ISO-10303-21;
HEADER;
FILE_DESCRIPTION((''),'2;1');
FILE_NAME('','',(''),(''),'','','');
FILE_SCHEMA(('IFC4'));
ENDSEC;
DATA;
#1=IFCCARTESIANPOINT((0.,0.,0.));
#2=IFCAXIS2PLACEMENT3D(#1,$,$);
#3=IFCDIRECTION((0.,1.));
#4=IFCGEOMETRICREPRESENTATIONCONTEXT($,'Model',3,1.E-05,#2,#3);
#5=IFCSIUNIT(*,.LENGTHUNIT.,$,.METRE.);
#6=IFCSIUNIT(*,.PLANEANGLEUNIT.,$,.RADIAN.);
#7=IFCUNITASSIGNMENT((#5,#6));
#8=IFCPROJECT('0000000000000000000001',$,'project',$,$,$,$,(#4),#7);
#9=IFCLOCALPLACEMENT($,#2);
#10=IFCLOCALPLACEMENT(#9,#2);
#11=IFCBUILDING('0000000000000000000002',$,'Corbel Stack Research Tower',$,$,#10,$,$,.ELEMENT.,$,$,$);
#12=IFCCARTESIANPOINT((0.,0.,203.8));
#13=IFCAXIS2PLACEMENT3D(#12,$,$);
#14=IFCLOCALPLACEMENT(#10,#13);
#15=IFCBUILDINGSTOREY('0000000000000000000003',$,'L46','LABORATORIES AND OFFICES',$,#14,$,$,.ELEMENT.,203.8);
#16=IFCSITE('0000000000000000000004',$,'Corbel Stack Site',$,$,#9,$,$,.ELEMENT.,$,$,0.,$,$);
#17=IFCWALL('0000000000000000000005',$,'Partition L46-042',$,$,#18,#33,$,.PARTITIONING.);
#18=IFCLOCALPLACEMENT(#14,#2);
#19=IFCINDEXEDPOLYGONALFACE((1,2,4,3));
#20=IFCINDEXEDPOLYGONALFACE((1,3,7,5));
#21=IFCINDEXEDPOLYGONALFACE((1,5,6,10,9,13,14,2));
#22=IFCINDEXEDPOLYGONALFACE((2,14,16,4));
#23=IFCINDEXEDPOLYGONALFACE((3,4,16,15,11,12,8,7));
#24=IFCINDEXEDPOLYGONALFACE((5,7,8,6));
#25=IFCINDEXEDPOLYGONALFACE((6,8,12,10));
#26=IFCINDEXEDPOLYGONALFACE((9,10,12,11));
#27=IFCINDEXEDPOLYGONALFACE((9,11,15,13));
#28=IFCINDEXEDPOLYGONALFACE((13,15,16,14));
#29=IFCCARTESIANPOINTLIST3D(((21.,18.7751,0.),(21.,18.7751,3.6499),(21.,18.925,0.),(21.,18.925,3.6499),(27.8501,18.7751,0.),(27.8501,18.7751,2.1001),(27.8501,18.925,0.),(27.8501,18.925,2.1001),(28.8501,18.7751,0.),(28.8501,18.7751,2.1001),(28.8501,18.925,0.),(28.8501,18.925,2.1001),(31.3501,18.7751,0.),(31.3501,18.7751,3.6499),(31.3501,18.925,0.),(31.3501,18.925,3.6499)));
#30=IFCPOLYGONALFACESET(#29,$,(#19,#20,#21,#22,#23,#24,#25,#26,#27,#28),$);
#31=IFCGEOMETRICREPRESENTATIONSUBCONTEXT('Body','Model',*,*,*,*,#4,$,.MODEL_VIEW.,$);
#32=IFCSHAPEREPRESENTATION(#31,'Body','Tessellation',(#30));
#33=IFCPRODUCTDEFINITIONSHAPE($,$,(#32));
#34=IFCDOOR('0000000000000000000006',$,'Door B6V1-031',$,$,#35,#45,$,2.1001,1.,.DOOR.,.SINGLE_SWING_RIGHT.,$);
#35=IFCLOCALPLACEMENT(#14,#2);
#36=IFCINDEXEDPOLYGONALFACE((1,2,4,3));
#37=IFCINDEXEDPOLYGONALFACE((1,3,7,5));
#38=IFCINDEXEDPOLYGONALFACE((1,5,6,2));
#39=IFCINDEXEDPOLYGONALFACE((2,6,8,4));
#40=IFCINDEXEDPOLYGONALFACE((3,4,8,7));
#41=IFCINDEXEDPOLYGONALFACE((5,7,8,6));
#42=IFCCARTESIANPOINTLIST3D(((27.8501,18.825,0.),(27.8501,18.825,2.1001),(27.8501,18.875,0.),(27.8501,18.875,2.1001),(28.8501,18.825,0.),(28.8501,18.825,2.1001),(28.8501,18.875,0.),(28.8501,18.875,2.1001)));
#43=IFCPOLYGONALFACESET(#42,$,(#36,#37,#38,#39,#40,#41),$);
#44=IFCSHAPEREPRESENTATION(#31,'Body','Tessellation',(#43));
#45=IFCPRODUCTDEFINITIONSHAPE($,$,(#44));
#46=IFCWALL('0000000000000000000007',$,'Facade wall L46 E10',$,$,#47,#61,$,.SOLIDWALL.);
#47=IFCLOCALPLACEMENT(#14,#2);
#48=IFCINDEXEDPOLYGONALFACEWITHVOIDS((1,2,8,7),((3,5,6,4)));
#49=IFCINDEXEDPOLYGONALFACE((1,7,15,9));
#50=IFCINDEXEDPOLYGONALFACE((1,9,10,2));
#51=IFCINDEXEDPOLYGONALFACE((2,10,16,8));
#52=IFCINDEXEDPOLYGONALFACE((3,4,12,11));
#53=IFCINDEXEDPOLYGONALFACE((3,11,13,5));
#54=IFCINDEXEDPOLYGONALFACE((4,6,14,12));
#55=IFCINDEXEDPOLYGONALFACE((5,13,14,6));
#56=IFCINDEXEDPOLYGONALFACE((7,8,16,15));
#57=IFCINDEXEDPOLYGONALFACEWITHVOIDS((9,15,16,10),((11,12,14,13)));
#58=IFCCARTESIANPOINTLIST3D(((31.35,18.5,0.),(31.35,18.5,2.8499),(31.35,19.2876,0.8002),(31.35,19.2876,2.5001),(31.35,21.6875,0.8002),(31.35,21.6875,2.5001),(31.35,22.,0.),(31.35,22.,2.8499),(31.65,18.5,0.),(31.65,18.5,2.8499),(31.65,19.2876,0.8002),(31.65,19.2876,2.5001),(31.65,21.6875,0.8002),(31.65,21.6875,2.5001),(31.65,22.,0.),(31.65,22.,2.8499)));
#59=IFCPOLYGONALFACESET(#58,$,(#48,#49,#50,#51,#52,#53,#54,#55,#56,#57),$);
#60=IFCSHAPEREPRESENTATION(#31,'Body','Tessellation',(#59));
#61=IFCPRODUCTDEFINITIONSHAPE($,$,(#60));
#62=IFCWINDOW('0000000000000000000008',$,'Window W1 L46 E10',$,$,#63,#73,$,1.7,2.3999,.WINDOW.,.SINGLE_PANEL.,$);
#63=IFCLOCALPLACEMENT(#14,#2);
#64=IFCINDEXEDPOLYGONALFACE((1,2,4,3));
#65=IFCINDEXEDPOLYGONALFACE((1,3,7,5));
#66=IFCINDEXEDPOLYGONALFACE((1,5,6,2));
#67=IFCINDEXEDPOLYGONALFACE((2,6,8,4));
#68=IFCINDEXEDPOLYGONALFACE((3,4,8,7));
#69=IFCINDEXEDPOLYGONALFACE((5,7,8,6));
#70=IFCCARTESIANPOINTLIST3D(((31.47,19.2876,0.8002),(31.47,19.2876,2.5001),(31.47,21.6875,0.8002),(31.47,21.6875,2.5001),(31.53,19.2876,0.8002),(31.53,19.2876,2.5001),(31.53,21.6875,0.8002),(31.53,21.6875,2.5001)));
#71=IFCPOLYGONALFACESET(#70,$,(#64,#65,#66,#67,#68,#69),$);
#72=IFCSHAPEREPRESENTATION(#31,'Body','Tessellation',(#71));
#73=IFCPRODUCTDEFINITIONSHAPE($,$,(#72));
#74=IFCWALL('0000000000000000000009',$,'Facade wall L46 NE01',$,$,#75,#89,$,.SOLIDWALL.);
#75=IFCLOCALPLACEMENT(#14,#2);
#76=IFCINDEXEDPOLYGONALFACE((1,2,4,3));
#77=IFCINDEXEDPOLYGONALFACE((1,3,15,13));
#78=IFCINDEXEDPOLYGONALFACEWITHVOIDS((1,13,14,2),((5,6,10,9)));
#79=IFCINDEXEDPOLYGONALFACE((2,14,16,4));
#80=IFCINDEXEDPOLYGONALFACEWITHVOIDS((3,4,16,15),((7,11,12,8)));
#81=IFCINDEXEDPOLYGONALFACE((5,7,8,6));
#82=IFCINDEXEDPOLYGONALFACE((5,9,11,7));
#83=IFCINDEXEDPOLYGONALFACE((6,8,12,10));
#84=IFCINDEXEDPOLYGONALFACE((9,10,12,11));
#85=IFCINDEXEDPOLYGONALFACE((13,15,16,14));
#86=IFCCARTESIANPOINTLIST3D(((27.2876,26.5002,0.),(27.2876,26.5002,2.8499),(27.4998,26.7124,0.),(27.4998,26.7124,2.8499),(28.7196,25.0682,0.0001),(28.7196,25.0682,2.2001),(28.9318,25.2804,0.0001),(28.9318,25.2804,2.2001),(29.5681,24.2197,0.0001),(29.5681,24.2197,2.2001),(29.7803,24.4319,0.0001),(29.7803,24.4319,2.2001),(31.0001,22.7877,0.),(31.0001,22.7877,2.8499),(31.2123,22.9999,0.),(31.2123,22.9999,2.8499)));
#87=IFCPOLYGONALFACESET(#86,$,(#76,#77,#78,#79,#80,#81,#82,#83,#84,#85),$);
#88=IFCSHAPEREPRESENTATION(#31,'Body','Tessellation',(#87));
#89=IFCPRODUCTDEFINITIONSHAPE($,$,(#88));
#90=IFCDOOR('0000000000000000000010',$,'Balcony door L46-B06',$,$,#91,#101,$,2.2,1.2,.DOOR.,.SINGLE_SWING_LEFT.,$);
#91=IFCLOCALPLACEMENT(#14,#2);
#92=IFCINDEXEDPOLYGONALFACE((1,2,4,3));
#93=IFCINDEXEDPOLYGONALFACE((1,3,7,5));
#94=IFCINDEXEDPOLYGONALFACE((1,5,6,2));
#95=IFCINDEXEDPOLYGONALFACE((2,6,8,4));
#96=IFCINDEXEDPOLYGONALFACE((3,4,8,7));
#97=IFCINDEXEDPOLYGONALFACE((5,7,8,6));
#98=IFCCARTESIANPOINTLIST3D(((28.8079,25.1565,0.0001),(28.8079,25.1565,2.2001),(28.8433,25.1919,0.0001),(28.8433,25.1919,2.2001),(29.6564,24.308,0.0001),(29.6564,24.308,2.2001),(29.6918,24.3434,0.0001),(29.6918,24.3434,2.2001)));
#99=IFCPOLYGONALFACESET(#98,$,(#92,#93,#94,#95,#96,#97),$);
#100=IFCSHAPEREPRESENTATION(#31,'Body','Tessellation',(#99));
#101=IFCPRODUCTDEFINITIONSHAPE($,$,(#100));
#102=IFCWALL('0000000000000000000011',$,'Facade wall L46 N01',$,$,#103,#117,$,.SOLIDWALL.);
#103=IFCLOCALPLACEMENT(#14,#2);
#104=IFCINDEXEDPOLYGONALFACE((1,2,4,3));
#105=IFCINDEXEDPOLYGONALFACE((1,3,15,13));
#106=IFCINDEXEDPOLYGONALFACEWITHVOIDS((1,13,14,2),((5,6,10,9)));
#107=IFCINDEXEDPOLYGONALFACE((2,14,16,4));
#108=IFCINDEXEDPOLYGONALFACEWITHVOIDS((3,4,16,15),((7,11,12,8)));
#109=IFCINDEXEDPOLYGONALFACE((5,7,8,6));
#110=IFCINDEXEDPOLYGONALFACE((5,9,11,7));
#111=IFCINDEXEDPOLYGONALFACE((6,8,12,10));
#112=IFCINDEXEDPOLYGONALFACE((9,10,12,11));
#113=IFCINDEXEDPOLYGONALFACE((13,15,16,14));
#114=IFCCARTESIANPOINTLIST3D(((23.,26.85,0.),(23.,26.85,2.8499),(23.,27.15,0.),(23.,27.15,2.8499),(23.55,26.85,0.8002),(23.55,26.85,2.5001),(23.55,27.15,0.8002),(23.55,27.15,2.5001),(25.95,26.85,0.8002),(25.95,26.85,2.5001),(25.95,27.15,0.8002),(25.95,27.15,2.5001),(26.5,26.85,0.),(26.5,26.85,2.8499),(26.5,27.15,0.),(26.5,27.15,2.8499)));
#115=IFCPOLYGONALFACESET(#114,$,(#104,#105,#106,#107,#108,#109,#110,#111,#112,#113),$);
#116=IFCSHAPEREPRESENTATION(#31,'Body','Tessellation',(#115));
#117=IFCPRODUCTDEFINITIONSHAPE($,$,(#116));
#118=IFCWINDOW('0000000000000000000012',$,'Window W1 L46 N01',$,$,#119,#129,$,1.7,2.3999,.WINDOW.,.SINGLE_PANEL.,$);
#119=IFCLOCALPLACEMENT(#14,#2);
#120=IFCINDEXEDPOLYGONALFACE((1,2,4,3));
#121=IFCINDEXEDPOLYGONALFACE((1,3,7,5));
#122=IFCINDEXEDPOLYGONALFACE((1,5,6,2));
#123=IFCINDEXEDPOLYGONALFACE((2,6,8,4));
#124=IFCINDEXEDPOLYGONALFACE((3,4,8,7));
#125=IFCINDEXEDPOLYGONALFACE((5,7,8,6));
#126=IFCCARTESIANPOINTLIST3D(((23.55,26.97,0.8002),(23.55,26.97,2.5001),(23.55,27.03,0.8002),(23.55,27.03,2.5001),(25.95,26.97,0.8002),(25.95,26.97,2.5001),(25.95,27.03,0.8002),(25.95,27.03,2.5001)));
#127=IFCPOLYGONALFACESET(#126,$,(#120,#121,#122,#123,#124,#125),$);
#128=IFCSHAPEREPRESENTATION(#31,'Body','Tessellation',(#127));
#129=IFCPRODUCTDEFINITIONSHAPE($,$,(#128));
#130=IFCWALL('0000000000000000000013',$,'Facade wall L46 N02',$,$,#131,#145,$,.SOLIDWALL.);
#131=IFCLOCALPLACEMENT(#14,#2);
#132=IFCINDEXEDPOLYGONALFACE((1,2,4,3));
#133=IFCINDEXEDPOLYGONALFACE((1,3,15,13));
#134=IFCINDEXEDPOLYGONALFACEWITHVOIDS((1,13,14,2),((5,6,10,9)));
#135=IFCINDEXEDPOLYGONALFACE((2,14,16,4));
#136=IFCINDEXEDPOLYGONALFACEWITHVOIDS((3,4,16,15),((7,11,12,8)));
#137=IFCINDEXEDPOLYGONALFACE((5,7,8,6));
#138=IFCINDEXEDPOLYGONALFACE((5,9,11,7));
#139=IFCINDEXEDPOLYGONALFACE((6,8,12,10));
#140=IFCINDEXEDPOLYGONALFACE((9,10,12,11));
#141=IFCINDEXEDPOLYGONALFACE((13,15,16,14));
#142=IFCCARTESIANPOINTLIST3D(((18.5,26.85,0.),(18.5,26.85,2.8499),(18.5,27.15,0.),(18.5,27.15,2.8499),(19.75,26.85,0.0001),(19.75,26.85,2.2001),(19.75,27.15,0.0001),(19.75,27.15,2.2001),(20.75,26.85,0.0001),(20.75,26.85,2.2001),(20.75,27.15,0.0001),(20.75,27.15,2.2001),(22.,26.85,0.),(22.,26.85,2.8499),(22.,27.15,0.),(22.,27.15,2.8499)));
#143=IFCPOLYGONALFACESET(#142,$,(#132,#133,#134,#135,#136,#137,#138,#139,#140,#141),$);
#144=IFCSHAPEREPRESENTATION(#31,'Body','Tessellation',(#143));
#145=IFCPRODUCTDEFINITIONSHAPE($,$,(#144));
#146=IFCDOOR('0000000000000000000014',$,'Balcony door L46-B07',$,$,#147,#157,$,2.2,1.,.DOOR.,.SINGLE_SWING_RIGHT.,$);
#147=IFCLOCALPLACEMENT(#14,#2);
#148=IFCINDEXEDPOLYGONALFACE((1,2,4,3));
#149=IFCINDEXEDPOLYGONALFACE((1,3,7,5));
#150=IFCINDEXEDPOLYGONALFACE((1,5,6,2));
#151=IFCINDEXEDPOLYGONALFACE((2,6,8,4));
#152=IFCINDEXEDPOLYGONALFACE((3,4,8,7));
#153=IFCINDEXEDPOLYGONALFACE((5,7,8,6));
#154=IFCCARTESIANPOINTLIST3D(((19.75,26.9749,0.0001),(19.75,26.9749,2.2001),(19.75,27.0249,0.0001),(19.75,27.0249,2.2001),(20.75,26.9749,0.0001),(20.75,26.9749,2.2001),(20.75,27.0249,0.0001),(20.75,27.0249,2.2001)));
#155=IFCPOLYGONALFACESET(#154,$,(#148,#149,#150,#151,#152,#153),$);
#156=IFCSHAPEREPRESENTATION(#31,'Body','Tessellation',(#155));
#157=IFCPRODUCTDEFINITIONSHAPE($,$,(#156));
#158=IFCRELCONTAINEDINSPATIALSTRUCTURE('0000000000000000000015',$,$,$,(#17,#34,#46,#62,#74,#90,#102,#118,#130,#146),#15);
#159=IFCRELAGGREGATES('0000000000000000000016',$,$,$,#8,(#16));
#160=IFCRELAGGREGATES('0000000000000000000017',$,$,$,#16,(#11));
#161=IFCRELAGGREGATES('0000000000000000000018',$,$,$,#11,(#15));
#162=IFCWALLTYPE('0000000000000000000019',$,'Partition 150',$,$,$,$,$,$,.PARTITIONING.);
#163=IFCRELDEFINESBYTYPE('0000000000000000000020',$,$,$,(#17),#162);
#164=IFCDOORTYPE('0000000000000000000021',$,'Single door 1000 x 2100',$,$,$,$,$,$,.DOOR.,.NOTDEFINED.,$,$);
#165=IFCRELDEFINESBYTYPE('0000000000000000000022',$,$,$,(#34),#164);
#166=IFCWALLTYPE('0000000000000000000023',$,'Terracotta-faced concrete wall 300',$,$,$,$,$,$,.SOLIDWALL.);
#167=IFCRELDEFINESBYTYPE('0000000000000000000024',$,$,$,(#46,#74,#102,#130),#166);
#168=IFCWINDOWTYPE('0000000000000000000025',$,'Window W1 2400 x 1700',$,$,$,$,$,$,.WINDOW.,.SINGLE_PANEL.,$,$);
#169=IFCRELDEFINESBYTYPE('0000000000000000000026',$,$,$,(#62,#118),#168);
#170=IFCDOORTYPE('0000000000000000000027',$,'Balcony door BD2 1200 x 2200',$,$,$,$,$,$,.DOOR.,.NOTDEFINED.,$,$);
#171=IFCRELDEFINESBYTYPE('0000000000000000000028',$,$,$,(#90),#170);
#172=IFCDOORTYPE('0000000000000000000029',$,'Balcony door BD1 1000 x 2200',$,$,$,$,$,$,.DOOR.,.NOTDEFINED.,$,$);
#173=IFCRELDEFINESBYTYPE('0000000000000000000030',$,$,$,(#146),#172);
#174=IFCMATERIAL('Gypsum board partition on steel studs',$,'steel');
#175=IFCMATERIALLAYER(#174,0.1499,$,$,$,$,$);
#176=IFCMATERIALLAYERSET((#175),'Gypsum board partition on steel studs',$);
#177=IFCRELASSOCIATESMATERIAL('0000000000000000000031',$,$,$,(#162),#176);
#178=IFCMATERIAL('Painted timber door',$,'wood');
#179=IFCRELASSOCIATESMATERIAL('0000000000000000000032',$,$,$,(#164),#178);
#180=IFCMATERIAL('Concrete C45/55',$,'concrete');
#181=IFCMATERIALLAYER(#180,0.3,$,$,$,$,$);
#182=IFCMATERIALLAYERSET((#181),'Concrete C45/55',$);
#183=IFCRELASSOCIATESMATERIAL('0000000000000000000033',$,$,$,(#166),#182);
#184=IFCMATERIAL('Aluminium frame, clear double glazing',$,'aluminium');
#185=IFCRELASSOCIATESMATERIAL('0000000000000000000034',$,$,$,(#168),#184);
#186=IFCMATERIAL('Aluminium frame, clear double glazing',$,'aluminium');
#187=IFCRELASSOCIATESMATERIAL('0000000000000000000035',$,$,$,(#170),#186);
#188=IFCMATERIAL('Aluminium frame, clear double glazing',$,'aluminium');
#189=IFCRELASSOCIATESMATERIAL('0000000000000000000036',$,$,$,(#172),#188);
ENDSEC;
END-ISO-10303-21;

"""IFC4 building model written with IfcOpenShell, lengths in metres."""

from ifc_helpers import new_model, si_unit, direction, frame, frame_2d, origin, place, context, subcontext, project, spatial, rectangle, extrude, material, layer, layer_set, type_object, element, fill, save


model = new_model("IFC4")

# Units and contexts
model_context = context("Model", 3, precision=1e-05, world=origin(), true_north=direction((0.0, 1.0)))
body_context = subcontext(model_context, "Body", "Model", "MODEL_VIEW")
ifc_project = project(units=[si_unit("LENGTHUNIT", "METRE"), si_unit("PLANEANGLEUNIT", "RADIAN")], contexts=[model_context])

# Site, building, storey
site_placement = place(None, origin())
site = spatial("IfcSite", under=ifc_project, at=site_placement, Name="Corbel Stack Site", CompositionType="ELEMENT", RefElevation=0.0)
building_placement = place(site_placement, origin())
building = spatial("IfcBuilding", under=site, at=building_placement, Name="Corbel Stack Research Tower", CompositionType="ELEMENT")
storey_placement = place(building_placement, frame((0.0, 0.0, 203.8)))
storey = spatial("IfcBuildingStorey", under=building, at=storey_placement, Name="L46", Description="LABORATORIES AND OFFICES", CompositionType="ELEMENT", Elevation=203.8)

# Wall, opening, door
ifc_material_1 = material(Name="Gypsum board partition on steel studs", Category="steel")
ifc_layer_1 = layer(ifc_material_1, 0.1499)
ifc_layer_set_1 = layer_set([ifc_layer_1], Name="Gypsum board partition on steel studs")
wall_type_1 = type_object("IfcWallType", Name="Partition 150", PredefinedType="PARTITIONING", material=ifc_layer_set_1)
wall_1_placement = place(storey_placement, frame((21.0, 18.8501, 0.0), z_axis=(0.0, 0.0, 1.0), x_axis=(1.0, 0.0, 0.0)))
wall_1 = element("IfcWall", 1, at=wall_1_placement, inside=storey, type_object=wall_type_1, Name="Partition L46-042", PredefinedType="PARTITIONING", context=body_context, shape_type="SweptSolid", body=[
    extrude(rectangle(XDim=10.3501, YDim=0.1499, at=frame_2d((5.175, 0.0))), origin(), (0.0, 0.0, 1.0), 3.6499),
])
opening_1_placement = place(wall_1_placement, frame((6.8501, 0.0, 0.0)))
opening_1 = element("IfcOpeningElement", 2, at=opening_1_placement, cuts=wall_1, PredefinedType="OPENING", context=body_context, shape_type="SweptSolid", body=[
    extrude(rectangle(XDim=1.0, YDim=2.1001, at=frame_2d((0.5, 1.05))), frame((0.0, 0.085, 0.0), z_axis=(0.0, -1.0, 0.0), x_axis=(1.0, 0.0, 0.0)), (0.0, 0.0, 1.0), 0.1699),
])
ifc_material_2 = material(Name="Painted timber door", Category="wood")
door_type_1 = type_object("IfcDoorType", Name="Single door 1000 x 2100", OperationType="NOTDEFINED", PredefinedType="DOOR", material=ifc_material_2)
door_1_placement = place(opening_1_placement, origin())
door_1 = element("IfcDoor", 3, at=door_1_placement, inside=storey, type_object=door_type_1, Name="Door B6V1-031", OperationType="SINGLE_SWING_RIGHT", OverallHeight=2.1001, OverallWidth=1.0, PredefinedType="DOOR", context=body_context, shape_type="SweptSolid", body=[
    extrude(rectangle(XDim=1.0, YDim=2.1001, at=frame_2d((0.5, 1.05))), frame((0.0, 0.0249, 0.0), z_axis=(0.0, -1.0, 0.0), x_axis=(1.0, 0.0, 0.0)), (0.0, 0.0, 1.0), 0.05),
])
fill(opening_1, door_1)

# Wall, opening, window
ifc_material_3 = material(Name="Concrete C45/55", Category="concrete")
ifc_layer_2 = layer(ifc_material_3, 0.3)
ifc_layer_set_2 = layer_set([ifc_layer_2], Name="Concrete C45/55")
wall_type_2 = type_object("IfcWallType", Name="Terracotta-faced concrete wall 300", PredefinedType="SOLIDWALL", material=ifc_layer_set_2)
wall_2_placement = place(storey_placement, frame((31.5, 22.0, 0.0), z_axis=(0.0, 0.0, 1.0), x_axis=(0.0, -1.0, 0.0)))
wall_2 = element("IfcWall", 4, at=wall_2_placement, inside=storey, type_object=wall_type_2, Name="Facade wall L46 E10", PredefinedType="SOLIDWALL", context=body_context, shape_type="SweptSolid", body=[
    extrude(rectangle(XDim=3.5, YDim=0.3, at=frame_2d((1.75, 0.0))), origin(), (0.0, 0.0, 1.0), 2.8499),
])
opening_2_placement = place(wall_2_placement, frame((0.3125, 0.0, 0.8)))
opening_2 = element("IfcOpeningElement", 5, at=opening_2_placement, cuts=wall_2, PredefinedType="OPENING", context=body_context, shape_type="SweptSolid", body=[
    extrude(rectangle(XDim=2.3999, YDim=1.7, at=frame_2d((1.2, 0.8501))), frame((0.0, 0.1599, 0.0), z_axis=(0.0, -1.0, 0.0), x_axis=(1.0, 0.0, 0.0)), (0.0, 0.0, 1.0), 0.3201),
])
ifc_material_4 = material(Name="Aluminium frame, clear double glazing", Category="aluminium")
window_type = type_object("IfcWindowType", Name="Window W1 2400 x 1700", PartitioningType="SINGLE_PANEL", PredefinedType="WINDOW", material=ifc_material_4)
window_1_placement = place(opening_2_placement, origin())
window_1 = element("IfcWindow", 6, at=window_1_placement, inside=storey, type_object=window_type, Name="Window W1 L46 E10", OverallHeight=1.7, OverallWidth=2.3999, PartitioningType="SINGLE_PANEL", PredefinedType="WINDOW", context=body_context, shape_type="SweptSolid", body=[
    extrude(rectangle(XDim=2.3999, YDim=1.7, at=frame_2d((1.2, 0.8501))), frame((0.0, 0.03, 0.0), z_axis=(0.0, -1.0, 0.0), x_axis=(1.0, 0.0, 0.0)), (0.0, 0.0, 1.0), 0.0601),
])
fill(opening_2, window_1)

# Wall, opening, door
wall_3_placement = place(storey_placement, frame((27.3938, 26.6062, 0.0), z_axis=(0.0, 0.0, 1.0), x_axis=(0.707107, -0.707107, 0.0)))
wall_3 = element("IfcWall", 7, at=wall_3_placement, inside=storey, type_object=wall_type_2, Name="Facade wall L46 NE01", PredefinedType="SOLIDWALL", context=body_context, shape_type="SweptSolid", body=[
    extrude(rectangle(XDim=5.2502, YDim=0.3, at=frame_2d((2.625, 0.0))), origin(), (0.0, 0.0, 1.0), 2.8499),
])
opening_3_placement = place(wall_3_placement, frame((2.0249, 0.0, 0.0)))
opening_3 = element("IfcOpeningElement", 8, at=opening_3_placement, cuts=wall_3, PredefinedType="OPENING", context=body_context, shape_type="SweptSolid", body=[
    extrude(rectangle(XDim=1.2, YDim=2.2, at=frame_2d((0.6001, 1.1001))), frame((0.0, 0.1599, 0.0), z_axis=(0.0, -1.0, 0.0), x_axis=(1.0, 0.0, 0.0)), (0.0, 0.0, 1.0), 0.3201),
])
ifc_material_5 = material(Name="Aluminium frame, clear double glazing", Category="aluminium")
door_type_2 = type_object("IfcDoorType", Name="Balcony door BD2 1200 x 2200", OperationType="NOTDEFINED", PredefinedType="DOOR", material=ifc_material_5)
door_2_placement = place(opening_3_placement, origin())
door_2 = element("IfcDoor", 9, at=door_2_placement, inside=storey, type_object=door_type_2, Name="Balcony door L46-B06", OperationType="SINGLE_SWING_LEFT", OverallHeight=2.2, OverallWidth=1.2, PredefinedType="DOOR", context=body_context, shape_type="SweptSolid", body=[
    extrude(rectangle(XDim=1.2, YDim=2.2, at=frame_2d((0.6001, 1.1001))), frame((0.0, 0.0249, 0.0), z_axis=(0.0, -1.0, 0.0), x_axis=(1.0, 0.0, 0.0)), (0.0, 0.0, 1.0), 0.05),
])
fill(opening_3, door_2)

# Wall, opening, window
wall_4_placement = place(storey_placement, frame((23.0, 27.0, 0.0), z_axis=(0.0, 0.0, 1.0), x_axis=(1.0, 0.0, 0.0)))
wall_4 = element("IfcWall", 10, at=wall_4_placement, inside=storey, type_object=wall_type_2, Name="Facade wall L46 N01", PredefinedType="SOLIDWALL", context=body_context, shape_type="SweptSolid", body=[
    extrude(rectangle(XDim=3.5, YDim=0.3, at=frame_2d((1.75, 0.0))), origin(), (0.0, 0.0, 1.0), 2.8499),
])
opening_4_placement = place(wall_4_placement, frame((0.55, 0.0, 0.8)))
opening_4 = element("IfcOpeningElement", 11, at=opening_4_placement, cuts=wall_4, PredefinedType="OPENING", context=body_context, shape_type="SweptSolid", body=[
    extrude(rectangle(XDim=2.3999, YDim=1.7, at=frame_2d((1.2, 0.8501))), frame((0.0, 0.1599, 0.0), z_axis=(0.0, -1.0, 0.0), x_axis=(1.0, 0.0, 0.0)), (0.0, 0.0, 1.0), 0.3201),
])
window_2_placement = place(opening_4_placement, origin())
window_2 = element("IfcWindow", 12, at=window_2_placement, inside=storey, type_object=window_type, Name="Window W1 L46 N01", OverallHeight=1.7, OverallWidth=2.3999, PartitioningType="SINGLE_PANEL", PredefinedType="WINDOW", context=body_context, shape_type="SweptSolid", body=[
    extrude(rectangle(XDim=2.3999, YDim=1.7, at=frame_2d((1.2, 0.8501))), frame((0.0, 0.03, 0.0), z_axis=(0.0, -1.0, 0.0), x_axis=(1.0, 0.0, 0.0)), (0.0, 0.0, 1.0), 0.0601),
])
fill(opening_4, window_2)

# Wall, opening, door
wall_5_placement = place(storey_placement, frame((18.5, 27.0, 0.0), z_axis=(0.0, 0.0, 1.0), x_axis=(1.0, 0.0, 0.0)))
wall_5 = element("IfcWall", 13, at=wall_5_placement, inside=storey, type_object=wall_type_2, Name="Facade wall L46 N02", PredefinedType="SOLIDWALL", context=body_context, shape_type="SweptSolid", body=[
    extrude(rectangle(XDim=3.5, YDim=0.3, at=frame_2d((1.75, 0.0))), origin(), (0.0, 0.0, 1.0), 2.8499),
])
opening_5_placement = place(wall_5_placement, frame((1.25, 0.0, 0.0)))
opening_5 = element("IfcOpeningElement", 14, at=opening_5_placement, cuts=wall_5, PredefinedType="OPENING", context=body_context, shape_type="SweptSolid", body=[
    extrude(rectangle(XDim=1.0, YDim=2.2, at=frame_2d((0.5, 1.1001))), frame((0.0, 0.1599, 0.0), z_axis=(0.0, -1.0, 0.0), x_axis=(1.0, 0.0, 0.0)), (0.0, 0.0, 1.0), 0.3201),
])
ifc_material_6 = material(Name="Aluminium frame, clear double glazing", Category="aluminium")
door_type_3 = type_object("IfcDoorType", Name="Balcony door BD1 1000 x 2200", OperationType="NOTDEFINED", PredefinedType="DOOR", material=ifc_material_6)
door_3_placement = place(opening_5_placement, origin())
door_3 = element("IfcDoor", 15, at=door_3_placement, inside=storey, type_object=door_type_3, Name="Balcony door L46-B07", OperationType="SINGLE_SWING_RIGHT", OverallHeight=2.2, OverallWidth=1.0, PredefinedType="DOOR", context=body_context, shape_type="SweptSolid", body=[
    extrude(rectangle(XDim=1.0, YDim=2.2, at=frame_2d((0.5, 1.1001))), frame((0.0, 0.0249, 0.0), z_axis=(0.0, -1.0, 0.0), x_axis=(1.0, 0.0, 0.0)), (0.0, 0.0, 1.0), 0.05),
])
fill(opening_5, door_3)

save(model, "model.ifc")
